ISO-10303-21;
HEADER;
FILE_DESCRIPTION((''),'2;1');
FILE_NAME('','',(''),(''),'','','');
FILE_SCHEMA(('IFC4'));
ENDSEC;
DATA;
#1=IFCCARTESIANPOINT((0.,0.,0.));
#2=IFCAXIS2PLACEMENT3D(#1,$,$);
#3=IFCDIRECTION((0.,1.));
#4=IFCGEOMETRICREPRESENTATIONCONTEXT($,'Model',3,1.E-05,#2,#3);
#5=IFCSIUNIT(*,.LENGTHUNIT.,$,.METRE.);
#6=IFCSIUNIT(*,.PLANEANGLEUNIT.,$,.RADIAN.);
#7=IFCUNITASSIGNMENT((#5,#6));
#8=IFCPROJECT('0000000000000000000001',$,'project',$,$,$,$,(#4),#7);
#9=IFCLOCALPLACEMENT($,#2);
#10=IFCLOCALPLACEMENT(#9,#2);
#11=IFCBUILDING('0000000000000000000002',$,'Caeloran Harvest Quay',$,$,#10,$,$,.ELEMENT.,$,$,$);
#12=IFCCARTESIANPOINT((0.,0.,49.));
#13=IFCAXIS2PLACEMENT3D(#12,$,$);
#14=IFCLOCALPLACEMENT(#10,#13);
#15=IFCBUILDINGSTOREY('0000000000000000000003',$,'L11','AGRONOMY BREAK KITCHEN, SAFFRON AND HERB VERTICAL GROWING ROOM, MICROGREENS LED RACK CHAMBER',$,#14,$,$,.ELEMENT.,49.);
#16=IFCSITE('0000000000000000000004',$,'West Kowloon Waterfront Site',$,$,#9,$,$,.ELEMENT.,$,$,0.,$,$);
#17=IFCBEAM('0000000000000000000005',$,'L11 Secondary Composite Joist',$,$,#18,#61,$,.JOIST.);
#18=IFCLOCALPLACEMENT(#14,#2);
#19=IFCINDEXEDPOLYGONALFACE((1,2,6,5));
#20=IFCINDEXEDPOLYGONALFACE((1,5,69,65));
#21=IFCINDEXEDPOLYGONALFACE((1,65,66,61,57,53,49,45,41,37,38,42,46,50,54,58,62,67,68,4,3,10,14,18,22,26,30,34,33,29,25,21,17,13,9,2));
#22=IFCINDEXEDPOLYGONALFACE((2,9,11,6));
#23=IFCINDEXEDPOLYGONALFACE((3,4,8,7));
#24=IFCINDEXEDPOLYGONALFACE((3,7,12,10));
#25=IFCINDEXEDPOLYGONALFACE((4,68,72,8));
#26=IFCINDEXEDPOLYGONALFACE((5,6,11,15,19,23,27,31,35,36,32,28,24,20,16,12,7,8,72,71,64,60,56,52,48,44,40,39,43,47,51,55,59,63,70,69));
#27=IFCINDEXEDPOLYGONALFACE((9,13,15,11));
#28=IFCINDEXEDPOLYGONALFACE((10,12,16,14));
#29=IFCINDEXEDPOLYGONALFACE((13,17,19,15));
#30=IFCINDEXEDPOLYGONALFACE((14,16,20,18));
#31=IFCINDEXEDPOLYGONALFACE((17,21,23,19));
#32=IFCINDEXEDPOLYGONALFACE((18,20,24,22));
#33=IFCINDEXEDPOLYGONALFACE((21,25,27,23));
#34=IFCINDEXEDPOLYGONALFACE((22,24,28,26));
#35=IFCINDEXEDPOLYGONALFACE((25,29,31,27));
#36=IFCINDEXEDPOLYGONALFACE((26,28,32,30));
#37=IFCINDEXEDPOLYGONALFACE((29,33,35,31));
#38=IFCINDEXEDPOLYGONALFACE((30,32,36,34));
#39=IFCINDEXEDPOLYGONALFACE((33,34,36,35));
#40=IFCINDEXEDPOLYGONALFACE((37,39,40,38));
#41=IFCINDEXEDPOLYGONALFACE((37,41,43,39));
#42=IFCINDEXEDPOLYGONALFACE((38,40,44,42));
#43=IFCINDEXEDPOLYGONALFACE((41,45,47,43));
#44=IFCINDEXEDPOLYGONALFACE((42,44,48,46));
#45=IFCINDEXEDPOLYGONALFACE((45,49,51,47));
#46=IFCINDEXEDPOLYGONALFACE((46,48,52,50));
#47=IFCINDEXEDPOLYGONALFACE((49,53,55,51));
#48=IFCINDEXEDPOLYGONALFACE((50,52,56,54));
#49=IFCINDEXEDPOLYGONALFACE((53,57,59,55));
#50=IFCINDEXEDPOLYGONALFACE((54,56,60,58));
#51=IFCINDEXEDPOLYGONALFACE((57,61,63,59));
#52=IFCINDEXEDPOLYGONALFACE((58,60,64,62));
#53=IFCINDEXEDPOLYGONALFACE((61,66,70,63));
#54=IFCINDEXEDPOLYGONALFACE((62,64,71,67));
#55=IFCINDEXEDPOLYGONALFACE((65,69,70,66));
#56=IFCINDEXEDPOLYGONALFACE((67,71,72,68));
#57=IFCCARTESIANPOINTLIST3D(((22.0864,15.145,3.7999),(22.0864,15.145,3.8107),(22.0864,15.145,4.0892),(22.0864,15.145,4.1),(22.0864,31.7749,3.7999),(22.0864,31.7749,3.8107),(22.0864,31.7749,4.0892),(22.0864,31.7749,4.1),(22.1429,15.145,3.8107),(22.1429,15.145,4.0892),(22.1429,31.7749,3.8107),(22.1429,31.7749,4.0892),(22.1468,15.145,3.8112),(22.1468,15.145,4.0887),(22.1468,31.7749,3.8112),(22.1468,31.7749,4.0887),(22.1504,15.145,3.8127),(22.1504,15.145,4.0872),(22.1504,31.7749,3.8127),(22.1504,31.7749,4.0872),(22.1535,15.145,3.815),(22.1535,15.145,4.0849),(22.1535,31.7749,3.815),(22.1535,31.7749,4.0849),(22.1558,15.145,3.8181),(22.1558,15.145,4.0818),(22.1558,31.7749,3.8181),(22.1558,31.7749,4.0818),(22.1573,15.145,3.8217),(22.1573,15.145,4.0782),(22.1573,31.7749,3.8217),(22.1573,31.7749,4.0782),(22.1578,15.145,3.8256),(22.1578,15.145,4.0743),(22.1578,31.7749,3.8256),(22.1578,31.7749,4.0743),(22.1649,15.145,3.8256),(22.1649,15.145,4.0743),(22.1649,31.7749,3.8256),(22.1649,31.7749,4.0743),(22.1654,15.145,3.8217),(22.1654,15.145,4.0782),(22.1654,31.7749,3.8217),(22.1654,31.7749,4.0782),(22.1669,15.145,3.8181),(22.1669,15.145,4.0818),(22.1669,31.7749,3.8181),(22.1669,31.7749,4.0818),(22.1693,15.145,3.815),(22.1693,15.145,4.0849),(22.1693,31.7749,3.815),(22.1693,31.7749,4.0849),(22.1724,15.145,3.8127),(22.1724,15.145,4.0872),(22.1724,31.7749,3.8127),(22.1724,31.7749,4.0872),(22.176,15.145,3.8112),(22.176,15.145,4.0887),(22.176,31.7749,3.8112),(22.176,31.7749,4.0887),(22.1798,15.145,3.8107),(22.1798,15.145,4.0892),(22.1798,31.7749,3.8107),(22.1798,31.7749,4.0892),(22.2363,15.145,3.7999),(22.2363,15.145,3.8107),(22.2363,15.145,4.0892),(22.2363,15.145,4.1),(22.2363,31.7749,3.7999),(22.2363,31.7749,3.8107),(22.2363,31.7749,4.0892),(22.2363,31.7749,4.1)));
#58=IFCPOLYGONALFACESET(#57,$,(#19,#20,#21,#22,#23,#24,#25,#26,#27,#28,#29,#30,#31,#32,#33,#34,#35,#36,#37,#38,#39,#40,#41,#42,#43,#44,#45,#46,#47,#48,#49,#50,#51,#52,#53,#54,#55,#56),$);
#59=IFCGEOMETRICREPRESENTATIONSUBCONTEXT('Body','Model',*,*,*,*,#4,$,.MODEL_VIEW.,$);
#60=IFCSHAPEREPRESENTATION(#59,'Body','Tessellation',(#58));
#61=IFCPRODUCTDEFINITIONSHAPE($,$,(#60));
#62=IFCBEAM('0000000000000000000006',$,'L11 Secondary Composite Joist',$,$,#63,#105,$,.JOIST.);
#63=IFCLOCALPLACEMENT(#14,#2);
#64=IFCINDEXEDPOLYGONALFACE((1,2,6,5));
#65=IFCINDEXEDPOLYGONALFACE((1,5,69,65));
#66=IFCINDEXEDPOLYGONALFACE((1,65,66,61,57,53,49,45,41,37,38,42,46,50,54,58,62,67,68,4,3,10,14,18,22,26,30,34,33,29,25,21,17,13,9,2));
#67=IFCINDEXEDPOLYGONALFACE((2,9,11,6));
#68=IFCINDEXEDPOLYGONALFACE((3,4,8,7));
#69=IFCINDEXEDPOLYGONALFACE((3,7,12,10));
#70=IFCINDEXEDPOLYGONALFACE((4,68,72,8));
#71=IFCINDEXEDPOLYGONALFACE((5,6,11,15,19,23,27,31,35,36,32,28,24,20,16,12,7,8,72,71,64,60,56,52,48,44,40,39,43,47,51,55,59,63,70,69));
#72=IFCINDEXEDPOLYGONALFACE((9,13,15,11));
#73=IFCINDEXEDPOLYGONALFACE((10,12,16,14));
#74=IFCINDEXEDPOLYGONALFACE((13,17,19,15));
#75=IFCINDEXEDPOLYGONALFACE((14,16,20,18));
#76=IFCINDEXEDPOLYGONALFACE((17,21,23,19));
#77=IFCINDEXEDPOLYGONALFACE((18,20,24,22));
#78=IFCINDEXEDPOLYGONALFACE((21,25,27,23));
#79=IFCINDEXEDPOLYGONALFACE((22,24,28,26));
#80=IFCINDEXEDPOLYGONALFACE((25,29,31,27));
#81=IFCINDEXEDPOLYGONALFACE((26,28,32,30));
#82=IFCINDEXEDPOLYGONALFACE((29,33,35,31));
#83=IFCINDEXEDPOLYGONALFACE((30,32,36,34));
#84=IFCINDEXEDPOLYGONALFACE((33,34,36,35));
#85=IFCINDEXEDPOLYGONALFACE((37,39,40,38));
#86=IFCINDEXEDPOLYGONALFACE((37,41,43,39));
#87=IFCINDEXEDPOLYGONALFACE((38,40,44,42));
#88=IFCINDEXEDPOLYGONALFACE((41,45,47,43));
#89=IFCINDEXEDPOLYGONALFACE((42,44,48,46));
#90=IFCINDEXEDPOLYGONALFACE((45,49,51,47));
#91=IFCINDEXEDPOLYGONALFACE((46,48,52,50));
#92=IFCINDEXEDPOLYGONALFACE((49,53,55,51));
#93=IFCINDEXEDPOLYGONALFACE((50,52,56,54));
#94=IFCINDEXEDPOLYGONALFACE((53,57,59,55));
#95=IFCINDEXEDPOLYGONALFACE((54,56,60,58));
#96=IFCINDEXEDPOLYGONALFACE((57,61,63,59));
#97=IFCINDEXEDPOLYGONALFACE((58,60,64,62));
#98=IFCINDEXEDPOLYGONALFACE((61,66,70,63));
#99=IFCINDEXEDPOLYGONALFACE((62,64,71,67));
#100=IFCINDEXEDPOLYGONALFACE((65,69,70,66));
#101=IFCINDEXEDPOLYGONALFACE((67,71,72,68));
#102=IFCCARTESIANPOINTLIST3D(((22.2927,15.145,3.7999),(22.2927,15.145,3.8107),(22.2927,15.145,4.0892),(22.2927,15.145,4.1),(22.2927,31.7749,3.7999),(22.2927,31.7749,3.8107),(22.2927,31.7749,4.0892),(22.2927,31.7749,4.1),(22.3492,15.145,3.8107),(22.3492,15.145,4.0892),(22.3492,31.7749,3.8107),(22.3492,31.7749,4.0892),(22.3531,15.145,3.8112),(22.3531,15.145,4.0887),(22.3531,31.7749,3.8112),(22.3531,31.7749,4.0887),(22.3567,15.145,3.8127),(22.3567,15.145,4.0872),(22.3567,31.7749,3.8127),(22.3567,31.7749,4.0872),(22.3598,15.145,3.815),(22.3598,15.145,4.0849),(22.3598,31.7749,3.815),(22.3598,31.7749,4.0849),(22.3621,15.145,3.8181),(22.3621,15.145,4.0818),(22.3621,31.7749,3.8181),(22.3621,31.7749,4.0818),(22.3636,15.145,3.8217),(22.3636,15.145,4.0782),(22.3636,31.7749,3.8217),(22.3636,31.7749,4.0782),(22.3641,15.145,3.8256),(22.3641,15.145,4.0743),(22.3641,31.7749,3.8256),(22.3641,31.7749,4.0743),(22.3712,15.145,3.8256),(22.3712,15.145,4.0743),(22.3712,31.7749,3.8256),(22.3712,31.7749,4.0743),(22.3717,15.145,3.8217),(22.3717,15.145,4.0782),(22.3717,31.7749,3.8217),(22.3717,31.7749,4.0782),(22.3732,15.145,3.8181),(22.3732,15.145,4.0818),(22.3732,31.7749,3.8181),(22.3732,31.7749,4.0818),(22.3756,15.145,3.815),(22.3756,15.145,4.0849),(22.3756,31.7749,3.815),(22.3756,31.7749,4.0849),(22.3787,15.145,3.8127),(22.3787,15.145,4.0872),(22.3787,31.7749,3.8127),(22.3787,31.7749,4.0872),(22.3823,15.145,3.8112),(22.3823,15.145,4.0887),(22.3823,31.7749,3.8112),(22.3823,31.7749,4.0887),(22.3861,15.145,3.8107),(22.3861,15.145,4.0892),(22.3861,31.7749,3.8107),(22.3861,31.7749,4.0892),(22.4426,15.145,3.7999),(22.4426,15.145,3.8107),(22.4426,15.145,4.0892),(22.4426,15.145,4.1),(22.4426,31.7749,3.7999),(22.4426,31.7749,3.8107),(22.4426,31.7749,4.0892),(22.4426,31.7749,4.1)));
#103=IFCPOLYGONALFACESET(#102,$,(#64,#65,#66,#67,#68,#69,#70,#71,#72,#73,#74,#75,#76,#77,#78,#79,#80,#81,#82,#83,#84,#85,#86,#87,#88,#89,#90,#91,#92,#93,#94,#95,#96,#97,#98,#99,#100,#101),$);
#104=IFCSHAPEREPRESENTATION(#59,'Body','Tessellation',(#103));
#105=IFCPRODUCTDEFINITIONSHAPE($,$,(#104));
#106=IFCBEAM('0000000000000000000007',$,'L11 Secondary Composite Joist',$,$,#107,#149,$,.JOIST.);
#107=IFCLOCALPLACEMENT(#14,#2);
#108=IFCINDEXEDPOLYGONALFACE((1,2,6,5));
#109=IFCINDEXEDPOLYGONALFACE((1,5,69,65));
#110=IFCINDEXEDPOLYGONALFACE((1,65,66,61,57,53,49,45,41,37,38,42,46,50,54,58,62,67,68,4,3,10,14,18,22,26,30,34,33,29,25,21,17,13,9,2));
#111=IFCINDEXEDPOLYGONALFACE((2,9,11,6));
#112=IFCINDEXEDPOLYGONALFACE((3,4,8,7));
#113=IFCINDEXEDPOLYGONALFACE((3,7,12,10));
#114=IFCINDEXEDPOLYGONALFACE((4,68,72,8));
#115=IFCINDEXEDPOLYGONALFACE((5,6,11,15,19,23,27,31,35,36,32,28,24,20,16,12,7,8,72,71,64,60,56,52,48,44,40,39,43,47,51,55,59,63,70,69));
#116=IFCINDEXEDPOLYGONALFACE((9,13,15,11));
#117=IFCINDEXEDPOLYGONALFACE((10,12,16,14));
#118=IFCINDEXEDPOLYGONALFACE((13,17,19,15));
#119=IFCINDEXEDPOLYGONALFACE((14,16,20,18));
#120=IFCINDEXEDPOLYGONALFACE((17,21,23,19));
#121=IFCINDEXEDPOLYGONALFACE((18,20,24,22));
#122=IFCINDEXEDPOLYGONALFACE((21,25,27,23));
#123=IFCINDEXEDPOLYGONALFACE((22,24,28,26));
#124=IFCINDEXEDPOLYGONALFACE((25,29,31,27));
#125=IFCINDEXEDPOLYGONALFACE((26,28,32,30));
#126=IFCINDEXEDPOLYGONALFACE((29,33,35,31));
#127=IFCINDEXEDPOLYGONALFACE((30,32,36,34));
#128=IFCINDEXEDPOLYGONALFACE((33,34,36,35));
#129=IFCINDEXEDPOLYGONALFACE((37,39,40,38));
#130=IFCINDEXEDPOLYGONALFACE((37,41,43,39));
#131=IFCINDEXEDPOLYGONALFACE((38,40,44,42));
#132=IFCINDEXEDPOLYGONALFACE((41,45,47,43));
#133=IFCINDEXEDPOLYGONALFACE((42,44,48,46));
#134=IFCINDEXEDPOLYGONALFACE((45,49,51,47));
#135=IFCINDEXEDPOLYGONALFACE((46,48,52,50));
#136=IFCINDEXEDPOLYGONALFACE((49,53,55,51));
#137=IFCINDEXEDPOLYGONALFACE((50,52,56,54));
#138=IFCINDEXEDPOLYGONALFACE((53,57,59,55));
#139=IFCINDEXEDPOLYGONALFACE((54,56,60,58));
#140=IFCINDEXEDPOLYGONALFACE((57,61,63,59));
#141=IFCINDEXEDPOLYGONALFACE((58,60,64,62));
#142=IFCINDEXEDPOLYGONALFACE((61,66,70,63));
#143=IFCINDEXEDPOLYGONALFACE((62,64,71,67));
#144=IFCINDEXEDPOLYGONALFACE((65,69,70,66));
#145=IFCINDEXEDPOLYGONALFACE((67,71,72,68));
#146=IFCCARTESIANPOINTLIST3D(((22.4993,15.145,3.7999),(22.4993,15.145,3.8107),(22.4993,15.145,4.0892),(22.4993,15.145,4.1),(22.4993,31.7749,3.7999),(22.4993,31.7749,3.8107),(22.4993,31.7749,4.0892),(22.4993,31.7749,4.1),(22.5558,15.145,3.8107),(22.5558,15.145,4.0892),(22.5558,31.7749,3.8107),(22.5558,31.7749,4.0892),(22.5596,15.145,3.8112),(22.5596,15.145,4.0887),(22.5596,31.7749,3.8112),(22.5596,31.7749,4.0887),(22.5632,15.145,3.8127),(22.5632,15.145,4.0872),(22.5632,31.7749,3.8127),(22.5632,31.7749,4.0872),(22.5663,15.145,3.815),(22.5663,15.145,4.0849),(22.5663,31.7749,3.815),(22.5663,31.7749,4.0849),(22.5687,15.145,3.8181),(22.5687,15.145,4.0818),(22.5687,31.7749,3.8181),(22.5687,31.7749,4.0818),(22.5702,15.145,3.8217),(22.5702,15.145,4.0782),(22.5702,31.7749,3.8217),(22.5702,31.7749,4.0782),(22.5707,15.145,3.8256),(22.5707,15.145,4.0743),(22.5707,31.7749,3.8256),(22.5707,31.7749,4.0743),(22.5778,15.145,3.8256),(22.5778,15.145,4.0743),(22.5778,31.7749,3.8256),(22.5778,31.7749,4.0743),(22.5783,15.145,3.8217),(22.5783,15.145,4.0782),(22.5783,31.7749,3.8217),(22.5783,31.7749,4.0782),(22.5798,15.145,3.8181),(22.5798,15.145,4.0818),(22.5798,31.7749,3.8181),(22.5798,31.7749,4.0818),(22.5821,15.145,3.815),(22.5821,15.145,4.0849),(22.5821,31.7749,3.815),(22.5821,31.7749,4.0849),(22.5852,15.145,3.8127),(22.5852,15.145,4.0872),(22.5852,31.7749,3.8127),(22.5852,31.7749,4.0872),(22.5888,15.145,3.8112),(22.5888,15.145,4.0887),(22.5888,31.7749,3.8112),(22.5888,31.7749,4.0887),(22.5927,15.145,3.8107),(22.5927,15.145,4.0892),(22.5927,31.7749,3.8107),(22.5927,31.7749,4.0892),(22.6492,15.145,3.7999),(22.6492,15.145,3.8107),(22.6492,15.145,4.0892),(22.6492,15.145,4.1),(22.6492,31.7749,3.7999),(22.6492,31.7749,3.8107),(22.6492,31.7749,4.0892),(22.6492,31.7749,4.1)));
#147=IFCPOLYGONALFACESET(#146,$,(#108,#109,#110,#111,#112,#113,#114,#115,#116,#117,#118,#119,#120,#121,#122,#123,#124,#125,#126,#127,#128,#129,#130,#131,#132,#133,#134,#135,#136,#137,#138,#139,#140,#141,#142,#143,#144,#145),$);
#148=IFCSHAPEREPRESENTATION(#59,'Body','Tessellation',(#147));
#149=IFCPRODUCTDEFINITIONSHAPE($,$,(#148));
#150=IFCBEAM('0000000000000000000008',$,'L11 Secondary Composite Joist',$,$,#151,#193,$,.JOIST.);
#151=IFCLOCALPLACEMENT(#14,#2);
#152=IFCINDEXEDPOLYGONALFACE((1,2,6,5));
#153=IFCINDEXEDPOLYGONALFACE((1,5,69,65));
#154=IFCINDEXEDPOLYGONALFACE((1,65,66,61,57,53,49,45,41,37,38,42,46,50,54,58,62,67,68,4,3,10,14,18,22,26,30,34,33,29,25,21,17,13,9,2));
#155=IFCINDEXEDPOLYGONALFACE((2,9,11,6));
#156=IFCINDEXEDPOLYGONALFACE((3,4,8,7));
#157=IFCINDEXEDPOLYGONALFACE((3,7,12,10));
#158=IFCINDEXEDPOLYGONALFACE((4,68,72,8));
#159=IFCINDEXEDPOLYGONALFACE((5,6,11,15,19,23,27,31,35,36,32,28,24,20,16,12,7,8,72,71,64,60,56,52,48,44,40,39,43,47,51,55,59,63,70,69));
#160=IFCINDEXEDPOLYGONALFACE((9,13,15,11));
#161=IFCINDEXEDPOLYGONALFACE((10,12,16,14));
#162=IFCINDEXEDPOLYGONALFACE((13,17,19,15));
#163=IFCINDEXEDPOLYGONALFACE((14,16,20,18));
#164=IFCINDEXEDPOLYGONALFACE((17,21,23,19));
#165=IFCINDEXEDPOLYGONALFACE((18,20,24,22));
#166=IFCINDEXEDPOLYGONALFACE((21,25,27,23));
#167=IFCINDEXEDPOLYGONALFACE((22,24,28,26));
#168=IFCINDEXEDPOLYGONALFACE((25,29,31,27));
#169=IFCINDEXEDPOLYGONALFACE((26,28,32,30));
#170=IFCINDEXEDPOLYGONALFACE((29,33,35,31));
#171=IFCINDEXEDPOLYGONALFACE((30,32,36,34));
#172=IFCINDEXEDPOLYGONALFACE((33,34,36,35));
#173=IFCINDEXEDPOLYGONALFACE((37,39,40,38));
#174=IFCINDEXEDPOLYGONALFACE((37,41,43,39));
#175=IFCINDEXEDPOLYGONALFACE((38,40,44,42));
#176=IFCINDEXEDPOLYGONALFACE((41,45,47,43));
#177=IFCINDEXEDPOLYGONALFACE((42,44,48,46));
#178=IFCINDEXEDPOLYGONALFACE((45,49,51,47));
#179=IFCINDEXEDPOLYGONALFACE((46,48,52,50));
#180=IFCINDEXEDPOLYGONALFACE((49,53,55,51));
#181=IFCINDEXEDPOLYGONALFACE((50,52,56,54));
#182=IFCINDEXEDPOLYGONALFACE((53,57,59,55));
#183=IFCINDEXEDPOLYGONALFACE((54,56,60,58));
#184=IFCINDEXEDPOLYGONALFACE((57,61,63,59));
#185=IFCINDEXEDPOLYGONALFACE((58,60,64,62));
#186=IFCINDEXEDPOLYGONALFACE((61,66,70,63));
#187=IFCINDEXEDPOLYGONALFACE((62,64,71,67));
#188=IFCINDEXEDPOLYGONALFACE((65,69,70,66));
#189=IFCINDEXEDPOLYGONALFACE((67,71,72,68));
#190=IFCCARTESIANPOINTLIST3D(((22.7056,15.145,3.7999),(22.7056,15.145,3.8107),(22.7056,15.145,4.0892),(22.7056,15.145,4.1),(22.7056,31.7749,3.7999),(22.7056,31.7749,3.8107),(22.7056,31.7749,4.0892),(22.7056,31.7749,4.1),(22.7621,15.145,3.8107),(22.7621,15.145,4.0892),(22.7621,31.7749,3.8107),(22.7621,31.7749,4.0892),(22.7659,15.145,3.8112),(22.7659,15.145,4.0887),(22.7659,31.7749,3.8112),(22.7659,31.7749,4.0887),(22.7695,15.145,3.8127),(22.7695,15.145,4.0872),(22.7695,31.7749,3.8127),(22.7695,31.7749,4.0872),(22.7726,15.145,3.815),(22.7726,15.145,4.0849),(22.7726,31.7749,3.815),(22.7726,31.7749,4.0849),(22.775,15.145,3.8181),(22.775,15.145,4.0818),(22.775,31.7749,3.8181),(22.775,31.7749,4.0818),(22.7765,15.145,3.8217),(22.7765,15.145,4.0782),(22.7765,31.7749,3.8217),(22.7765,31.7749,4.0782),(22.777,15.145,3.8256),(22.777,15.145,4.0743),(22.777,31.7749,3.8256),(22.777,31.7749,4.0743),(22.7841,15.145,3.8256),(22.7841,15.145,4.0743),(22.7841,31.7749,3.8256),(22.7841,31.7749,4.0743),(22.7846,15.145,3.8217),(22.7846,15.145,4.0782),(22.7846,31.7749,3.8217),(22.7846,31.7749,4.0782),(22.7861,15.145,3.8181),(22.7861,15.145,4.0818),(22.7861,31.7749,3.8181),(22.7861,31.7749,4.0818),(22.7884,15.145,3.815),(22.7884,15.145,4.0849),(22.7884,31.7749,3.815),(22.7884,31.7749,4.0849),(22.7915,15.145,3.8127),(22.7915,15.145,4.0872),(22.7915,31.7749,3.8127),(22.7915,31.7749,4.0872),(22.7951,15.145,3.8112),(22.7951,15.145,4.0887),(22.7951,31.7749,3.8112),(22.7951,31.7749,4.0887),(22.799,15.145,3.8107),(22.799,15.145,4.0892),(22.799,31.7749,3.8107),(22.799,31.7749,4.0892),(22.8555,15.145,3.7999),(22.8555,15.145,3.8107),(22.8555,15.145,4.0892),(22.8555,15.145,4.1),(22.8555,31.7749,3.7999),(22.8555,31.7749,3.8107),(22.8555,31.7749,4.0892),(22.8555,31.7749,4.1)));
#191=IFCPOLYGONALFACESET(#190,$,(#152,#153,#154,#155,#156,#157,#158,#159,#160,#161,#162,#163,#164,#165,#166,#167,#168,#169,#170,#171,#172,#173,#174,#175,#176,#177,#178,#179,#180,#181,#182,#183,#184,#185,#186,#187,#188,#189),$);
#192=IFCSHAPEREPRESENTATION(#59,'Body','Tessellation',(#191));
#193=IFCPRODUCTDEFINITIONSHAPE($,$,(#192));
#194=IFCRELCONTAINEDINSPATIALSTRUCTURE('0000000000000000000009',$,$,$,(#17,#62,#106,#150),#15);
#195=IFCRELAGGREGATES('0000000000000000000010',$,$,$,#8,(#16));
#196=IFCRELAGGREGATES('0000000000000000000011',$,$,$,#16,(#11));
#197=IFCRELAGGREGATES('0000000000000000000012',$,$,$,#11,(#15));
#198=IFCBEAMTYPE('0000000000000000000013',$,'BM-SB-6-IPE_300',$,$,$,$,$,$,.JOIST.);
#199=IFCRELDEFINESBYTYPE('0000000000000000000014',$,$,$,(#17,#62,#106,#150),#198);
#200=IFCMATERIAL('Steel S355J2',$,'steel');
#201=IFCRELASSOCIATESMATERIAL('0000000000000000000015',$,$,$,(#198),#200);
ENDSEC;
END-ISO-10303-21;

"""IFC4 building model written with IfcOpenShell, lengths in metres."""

from ifc_helpers import new_model, si_unit, direction, frame, origin, origin_2d, place, context, subcontext, project, spatial, i_section, extrude, material, material_profile, profile_set, type_object, element, save


model = new_model("IFC4")

# Units and contexts
model_context = context("Model", 3, precision=1e-05, world=origin(), true_north=direction((0.0, 1.0)))
body_context = subcontext(model_context, "Body", "Model", "MODEL_VIEW")
ifc_project = project(units=[si_unit("LENGTHUNIT", "METRE"), si_unit("PLANEANGLEUNIT", "RADIAN")], contexts=[model_context])

# Site, building, storey
site_placement = place(None, origin())
site = spatial("IfcSite", under=ifc_project, at=site_placement, Name="West Kowloon Waterfront Site", CompositionType="ELEMENT", RefElevation=0.0)
building_placement = place(site_placement, origin())
building = spatial("IfcBuilding", under=site, at=building_placement, Name="Caeloran Harvest Quay", CompositionType="ELEMENT")
storey_placement = place(building_placement, frame((0.0, 0.0, 49.0)))
storey = spatial("IfcBuildingStorey", under=building, at=storey_placement, Name="L11", Description="AGRONOMY BREAK KITCHEN, SAFFRON AND HERB VERTICAL GROWING ROOM, MICROGREENS LED RACK CHAMBER", CompositionType="ELEMENT", Elevation=49.0)

# Beams
ifc_material_1 = material(Name="Steel S355J2", Category="steel")
ifc_material_profile_1 = material_profile(ifc_material_1, i_section(OverallWidth=0.1499, OverallDepth=0.3, WebThickness=0.0071, FlangeThickness=0.0107, FilletRadius=0.0149, at=origin_2d()), Name="IPE 300")
ifc_profile_set_1 = profile_set([ifc_material_profile_1], Name="Steel S355J2")
beam_type_1 = type_object("IfcBeamType", Name="BM-SB-6-IPE_300", PredefinedType="JOIST", material=ifc_profile_set_1)
for number, where, z_axis, x_axis, name in (
    (1, (22.1614, 15.145, 3.95), (0.0, 1.0, 0.0), (-1.0, 0.0, 0.0), "L11 Secondary Composite Joist"),
    (2, (22.3677, 15.145, 3.95), (0.0, 1.0, 0.0), (-1.0, 0.0, 0.0), "L11 Secondary Composite Joist"),
    (3, (22.5742, 15.145, 3.95), (0.0, 1.0, 0.0), (-1.0, 0.0, 0.0), "L11 Secondary Composite Joist"),
    (4, (22.7805, 15.145, 3.95), (0.0, 1.0, 0.0), (-1.0, 0.0, 0.0), "L11 Secondary Composite Joist"),
):
    element("IfcBeam", number, at=place(storey_placement, frame(where, z_axis=z_axis, x_axis=x_axis)), inside=storey, type_object=beam_type_1, Name=name, PredefinedType="JOIST", context=body_context, shape_type="SweptSolid", body=[
        extrude(i_section(OverallWidth=0.1499, OverallDepth=0.3, WebThickness=0.0071, FlangeThickness=0.0107, FilletRadius=0.0149, at=origin_2d()), origin(), (0.0, 0.0, 1.0), 16.6299),
    ])

save(model, "model.ifc")
